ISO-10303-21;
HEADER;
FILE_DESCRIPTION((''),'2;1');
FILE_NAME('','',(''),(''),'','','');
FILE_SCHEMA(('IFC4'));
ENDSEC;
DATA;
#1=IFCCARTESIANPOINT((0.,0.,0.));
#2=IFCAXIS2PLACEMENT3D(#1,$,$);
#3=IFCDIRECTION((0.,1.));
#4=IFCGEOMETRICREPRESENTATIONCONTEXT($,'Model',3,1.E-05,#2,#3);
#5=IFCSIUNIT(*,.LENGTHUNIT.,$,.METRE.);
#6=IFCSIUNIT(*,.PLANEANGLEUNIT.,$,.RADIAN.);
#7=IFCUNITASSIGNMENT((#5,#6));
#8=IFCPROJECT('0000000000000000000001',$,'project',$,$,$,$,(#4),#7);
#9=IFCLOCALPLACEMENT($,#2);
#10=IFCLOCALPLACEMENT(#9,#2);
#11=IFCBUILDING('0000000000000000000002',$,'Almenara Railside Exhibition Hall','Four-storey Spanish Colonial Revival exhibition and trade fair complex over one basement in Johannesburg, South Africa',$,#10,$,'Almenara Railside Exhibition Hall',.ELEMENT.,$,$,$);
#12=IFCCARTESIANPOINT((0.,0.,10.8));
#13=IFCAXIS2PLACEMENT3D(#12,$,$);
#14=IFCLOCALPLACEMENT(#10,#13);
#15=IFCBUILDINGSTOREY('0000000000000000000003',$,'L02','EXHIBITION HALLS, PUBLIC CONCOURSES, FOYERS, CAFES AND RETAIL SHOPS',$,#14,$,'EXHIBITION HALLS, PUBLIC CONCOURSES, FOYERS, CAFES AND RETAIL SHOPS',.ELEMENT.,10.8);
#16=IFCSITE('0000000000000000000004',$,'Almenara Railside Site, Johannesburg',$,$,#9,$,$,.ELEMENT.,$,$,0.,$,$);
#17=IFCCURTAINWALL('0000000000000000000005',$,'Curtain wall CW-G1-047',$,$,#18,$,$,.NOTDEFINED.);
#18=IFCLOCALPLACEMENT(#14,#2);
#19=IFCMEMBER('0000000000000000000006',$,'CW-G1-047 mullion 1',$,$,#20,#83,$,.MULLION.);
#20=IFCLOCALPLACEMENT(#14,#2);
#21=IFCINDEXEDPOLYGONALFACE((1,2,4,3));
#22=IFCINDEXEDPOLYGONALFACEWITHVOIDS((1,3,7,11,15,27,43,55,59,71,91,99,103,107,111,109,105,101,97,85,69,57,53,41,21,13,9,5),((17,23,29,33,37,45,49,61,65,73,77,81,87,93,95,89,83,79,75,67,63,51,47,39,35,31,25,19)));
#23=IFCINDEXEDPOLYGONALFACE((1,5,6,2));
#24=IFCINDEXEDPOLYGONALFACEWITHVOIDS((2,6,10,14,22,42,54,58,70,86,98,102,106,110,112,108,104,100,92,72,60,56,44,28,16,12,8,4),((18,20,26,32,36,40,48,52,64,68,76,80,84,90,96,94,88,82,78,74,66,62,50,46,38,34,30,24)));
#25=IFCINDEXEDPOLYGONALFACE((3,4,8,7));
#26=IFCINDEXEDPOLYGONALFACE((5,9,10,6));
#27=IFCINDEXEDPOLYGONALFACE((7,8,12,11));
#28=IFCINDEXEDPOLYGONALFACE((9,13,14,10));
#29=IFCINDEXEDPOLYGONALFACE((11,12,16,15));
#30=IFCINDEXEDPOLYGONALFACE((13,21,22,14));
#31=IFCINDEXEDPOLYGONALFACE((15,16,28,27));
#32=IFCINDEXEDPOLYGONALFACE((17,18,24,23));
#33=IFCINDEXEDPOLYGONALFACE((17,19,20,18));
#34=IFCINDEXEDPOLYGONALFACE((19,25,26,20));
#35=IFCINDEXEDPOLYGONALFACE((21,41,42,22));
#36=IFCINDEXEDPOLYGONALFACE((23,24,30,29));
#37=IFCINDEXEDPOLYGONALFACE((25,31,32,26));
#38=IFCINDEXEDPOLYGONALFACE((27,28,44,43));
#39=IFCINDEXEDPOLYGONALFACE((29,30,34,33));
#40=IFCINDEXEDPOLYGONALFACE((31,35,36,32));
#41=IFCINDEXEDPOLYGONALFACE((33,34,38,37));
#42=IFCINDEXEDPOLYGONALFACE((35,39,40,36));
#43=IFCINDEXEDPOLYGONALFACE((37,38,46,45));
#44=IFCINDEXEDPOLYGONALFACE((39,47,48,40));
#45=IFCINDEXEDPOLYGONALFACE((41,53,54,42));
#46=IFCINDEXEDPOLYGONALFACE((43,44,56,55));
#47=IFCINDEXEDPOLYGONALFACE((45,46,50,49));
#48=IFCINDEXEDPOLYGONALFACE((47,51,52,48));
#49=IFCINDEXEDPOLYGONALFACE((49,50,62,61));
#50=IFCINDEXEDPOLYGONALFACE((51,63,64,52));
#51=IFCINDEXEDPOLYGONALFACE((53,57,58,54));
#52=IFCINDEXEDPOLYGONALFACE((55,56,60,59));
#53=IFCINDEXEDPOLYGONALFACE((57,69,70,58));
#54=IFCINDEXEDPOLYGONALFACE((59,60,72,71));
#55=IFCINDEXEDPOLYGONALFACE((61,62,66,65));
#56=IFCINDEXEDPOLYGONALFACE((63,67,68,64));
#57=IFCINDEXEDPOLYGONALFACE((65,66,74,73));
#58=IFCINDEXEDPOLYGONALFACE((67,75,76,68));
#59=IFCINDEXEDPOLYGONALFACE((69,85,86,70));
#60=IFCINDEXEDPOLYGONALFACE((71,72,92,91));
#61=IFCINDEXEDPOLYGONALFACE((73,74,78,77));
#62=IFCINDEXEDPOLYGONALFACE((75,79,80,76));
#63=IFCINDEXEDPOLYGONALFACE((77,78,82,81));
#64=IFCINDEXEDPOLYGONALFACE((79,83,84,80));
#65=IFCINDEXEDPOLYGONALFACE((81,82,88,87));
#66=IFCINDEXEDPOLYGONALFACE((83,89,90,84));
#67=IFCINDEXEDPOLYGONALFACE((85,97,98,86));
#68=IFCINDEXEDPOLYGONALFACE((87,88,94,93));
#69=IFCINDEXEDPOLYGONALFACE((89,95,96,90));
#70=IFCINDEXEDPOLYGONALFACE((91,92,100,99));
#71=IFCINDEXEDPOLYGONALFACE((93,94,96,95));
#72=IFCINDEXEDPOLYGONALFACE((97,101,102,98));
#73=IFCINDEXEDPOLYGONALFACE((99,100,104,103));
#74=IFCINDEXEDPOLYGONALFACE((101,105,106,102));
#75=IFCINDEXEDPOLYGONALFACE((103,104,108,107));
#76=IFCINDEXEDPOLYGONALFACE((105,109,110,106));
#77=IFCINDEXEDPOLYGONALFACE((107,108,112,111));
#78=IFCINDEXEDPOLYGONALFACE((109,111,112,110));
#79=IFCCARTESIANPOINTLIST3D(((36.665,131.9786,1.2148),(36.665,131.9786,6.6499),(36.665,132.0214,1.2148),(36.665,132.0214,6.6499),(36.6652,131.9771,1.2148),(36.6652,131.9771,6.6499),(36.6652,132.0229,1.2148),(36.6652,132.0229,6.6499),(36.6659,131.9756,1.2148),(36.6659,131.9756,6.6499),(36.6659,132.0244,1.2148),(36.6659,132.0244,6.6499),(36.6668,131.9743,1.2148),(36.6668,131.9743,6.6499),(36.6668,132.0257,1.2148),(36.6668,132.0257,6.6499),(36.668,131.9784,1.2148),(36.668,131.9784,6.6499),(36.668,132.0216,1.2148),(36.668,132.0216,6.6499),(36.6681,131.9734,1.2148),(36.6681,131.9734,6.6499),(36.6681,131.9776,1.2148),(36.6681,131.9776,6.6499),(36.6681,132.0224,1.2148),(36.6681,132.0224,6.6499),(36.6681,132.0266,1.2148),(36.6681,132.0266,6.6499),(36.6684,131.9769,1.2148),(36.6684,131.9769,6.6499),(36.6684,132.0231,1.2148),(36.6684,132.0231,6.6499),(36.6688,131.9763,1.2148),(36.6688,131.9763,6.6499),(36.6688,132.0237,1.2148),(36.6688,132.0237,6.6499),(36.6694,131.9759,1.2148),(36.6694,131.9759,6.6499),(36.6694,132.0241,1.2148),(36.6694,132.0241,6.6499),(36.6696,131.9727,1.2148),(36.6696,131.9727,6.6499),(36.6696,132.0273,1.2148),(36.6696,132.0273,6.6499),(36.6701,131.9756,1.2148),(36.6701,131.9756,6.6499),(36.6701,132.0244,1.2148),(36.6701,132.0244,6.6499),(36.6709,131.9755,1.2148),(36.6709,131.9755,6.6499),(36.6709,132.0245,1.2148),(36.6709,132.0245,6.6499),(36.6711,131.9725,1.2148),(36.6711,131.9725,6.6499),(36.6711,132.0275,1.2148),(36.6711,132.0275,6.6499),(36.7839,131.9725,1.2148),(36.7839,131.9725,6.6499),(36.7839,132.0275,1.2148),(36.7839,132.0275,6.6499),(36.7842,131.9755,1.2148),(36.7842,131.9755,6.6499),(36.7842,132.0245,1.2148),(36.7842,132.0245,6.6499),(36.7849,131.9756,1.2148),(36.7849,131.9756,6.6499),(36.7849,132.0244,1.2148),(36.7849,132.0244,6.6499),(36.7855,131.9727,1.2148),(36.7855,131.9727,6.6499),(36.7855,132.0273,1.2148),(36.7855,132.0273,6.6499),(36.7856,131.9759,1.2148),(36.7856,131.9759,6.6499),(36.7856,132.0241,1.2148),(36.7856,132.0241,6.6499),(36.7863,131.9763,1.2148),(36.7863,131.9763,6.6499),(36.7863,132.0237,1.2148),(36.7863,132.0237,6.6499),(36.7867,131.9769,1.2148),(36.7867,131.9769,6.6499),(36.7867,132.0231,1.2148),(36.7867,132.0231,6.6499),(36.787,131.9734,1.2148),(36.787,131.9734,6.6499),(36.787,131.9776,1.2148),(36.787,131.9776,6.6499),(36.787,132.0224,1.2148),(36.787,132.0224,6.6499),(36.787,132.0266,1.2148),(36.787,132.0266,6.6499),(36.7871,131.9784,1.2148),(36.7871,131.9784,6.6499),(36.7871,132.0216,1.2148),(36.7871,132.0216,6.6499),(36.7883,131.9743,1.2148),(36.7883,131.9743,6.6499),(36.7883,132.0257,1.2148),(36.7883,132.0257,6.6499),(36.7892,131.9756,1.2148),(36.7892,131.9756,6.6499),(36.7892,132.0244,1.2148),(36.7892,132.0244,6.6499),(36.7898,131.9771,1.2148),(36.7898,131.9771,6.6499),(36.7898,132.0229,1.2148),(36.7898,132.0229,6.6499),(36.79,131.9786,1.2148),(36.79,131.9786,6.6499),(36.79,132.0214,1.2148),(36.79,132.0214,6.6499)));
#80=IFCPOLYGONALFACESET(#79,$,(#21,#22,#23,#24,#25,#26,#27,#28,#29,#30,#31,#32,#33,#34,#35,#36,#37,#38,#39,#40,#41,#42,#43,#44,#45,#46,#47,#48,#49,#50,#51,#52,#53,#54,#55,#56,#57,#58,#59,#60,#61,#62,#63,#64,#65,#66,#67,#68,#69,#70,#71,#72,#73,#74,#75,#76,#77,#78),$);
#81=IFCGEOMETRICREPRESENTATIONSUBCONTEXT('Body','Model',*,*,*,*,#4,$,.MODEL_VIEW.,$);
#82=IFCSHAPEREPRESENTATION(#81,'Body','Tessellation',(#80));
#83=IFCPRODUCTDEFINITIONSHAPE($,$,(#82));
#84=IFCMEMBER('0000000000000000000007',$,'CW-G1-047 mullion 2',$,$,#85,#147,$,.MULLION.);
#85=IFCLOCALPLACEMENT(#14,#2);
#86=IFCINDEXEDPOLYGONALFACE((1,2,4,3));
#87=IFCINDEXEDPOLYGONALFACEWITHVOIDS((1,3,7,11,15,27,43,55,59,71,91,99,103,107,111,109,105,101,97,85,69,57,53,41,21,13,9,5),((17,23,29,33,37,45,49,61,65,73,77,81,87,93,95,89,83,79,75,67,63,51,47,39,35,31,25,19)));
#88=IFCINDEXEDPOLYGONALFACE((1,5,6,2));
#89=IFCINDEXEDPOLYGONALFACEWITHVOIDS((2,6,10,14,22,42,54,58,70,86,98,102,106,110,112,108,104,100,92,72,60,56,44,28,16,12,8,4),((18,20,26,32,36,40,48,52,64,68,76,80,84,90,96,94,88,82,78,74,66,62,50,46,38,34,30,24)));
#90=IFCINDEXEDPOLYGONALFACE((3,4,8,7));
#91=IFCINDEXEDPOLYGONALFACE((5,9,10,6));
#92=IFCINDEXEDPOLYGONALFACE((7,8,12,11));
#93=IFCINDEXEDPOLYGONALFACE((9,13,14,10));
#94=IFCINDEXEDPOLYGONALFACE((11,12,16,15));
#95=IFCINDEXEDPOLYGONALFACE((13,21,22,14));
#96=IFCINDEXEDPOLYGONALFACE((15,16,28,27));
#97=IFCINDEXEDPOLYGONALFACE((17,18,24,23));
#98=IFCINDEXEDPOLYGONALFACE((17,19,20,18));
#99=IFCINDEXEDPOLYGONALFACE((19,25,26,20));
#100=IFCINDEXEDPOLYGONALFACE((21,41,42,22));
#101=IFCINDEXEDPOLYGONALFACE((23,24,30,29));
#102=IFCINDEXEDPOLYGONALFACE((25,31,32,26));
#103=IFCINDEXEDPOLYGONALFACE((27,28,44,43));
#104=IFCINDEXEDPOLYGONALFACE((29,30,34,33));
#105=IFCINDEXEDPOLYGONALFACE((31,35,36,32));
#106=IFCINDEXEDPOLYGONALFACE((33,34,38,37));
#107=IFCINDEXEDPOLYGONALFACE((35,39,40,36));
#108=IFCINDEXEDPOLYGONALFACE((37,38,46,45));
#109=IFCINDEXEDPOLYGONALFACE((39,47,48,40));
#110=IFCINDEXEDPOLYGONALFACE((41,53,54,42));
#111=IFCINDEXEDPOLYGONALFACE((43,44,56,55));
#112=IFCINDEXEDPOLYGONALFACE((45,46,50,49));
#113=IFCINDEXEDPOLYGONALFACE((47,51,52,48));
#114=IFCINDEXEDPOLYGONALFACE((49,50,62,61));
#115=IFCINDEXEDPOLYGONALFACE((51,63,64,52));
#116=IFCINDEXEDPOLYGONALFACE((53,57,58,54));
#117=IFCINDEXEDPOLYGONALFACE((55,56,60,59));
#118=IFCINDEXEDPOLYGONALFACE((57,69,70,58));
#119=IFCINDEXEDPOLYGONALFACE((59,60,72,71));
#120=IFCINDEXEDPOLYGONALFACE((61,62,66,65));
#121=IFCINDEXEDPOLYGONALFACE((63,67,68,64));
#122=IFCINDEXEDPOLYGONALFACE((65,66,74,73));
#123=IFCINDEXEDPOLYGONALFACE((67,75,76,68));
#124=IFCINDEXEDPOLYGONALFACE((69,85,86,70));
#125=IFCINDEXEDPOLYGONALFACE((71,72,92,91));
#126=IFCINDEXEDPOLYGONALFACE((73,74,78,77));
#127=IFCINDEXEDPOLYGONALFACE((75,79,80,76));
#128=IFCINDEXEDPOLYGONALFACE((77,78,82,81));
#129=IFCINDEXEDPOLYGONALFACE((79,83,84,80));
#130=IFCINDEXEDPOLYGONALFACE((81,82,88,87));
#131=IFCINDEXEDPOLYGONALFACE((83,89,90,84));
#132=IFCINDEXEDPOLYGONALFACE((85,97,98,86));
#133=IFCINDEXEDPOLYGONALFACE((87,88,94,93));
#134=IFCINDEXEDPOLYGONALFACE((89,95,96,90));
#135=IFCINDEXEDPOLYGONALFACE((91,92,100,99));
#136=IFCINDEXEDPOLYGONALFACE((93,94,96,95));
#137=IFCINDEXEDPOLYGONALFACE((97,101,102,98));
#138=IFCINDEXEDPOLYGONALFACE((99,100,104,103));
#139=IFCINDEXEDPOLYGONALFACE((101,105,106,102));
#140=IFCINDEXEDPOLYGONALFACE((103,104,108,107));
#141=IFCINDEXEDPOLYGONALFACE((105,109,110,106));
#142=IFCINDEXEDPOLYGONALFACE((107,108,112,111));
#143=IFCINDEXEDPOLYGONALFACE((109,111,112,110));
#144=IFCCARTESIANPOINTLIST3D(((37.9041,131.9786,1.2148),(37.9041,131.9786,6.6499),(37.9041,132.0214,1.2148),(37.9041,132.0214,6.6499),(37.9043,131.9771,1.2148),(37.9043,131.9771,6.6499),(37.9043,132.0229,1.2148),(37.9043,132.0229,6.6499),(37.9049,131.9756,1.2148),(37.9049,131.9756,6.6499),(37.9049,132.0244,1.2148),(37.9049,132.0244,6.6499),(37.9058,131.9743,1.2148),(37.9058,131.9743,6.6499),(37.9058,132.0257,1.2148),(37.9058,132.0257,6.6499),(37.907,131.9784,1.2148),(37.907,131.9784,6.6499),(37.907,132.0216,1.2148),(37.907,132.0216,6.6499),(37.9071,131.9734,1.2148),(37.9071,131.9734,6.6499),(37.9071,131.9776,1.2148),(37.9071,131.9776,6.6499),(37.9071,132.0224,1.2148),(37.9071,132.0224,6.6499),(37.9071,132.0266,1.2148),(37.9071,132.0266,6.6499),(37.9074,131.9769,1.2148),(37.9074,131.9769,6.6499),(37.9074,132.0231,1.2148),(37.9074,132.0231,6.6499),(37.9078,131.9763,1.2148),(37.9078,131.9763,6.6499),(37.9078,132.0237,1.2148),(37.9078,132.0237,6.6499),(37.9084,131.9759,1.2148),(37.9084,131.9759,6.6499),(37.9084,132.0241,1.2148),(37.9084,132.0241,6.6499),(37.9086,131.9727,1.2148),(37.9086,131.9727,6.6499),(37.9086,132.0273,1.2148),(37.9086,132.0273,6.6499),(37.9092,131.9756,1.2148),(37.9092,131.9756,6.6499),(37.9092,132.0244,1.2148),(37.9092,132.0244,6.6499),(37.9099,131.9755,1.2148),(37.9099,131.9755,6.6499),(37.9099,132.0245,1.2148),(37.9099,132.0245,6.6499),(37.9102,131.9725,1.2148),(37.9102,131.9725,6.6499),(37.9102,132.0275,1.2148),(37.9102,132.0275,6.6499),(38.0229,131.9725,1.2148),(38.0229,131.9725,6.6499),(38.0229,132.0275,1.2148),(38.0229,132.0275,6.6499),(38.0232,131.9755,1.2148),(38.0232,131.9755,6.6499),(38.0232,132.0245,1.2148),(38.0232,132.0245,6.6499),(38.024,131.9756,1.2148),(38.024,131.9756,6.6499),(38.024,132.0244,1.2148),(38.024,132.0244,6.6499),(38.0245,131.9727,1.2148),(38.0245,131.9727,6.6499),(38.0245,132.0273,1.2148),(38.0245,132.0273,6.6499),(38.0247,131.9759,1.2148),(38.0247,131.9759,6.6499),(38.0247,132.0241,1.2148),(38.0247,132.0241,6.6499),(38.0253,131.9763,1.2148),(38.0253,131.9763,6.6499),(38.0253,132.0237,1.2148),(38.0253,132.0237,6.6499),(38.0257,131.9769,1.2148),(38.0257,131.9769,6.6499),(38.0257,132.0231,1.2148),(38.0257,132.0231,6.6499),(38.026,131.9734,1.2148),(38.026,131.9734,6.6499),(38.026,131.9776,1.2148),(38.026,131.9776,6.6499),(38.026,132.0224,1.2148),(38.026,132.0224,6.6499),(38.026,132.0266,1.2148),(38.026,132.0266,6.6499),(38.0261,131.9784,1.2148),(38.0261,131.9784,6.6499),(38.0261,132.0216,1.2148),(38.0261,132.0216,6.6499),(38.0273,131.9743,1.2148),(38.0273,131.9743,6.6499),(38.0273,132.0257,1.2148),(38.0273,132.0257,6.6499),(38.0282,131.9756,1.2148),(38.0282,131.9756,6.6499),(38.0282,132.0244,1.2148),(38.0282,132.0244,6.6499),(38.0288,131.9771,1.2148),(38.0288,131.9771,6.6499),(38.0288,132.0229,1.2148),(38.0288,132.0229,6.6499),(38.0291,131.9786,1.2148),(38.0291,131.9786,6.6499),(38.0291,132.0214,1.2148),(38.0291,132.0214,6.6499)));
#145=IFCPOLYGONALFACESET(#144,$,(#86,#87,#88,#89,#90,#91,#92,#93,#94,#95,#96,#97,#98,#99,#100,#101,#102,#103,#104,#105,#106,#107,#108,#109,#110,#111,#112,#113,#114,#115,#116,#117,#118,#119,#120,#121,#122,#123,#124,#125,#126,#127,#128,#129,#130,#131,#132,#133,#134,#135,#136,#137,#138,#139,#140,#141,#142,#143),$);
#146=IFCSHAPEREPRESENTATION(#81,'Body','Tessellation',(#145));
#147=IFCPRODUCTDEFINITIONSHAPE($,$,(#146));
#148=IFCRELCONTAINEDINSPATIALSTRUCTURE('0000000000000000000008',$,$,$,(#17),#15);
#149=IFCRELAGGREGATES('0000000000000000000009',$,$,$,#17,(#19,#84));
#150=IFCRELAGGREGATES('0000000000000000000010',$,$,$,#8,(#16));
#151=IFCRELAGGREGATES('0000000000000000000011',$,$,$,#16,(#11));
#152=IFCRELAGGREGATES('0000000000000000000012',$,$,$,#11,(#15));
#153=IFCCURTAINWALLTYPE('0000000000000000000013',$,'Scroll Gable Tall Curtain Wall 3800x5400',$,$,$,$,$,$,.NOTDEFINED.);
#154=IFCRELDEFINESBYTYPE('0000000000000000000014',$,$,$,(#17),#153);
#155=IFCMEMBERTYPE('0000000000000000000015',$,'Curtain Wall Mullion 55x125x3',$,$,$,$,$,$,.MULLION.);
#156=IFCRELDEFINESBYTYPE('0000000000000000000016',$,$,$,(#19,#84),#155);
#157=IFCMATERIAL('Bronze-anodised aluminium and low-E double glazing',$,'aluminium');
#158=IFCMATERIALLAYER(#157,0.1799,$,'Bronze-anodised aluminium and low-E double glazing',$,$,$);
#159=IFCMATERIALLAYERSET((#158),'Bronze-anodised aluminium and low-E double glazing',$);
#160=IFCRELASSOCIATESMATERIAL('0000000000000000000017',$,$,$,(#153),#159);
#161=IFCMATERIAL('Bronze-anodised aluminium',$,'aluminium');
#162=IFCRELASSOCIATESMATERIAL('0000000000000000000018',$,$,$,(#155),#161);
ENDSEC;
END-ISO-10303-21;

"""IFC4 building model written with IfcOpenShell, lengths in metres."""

from ifc_helpers import new_model, si_unit, direction, frame, origin, origin_2d, place, context, subcontext, project, spatial, hollow_rectangle, extrude, material, layer, layer_set, material_profile, profile_set, type_object, element, aggregate, save


model = new_model("IFC4")

# Units and contexts
model_context = context("Model", 3, precision=1e-05, world=origin(), true_north=direction((0.0, 1.0)))
body_context = subcontext(model_context, "Body", "Model", "MODEL_VIEW")
ifc_project = project(units=[si_unit("LENGTHUNIT", "METRE"), si_unit("PLANEANGLEUNIT", "RADIAN")], contexts=[model_context])

# Site, building, storey
site_placement = place(None, origin())
site = spatial("IfcSite", under=ifc_project, at=site_placement, Name="Almenara Railside Site, Johannesburg", CompositionType="ELEMENT", RefElevation=0.0)
building_placement = place(site_placement, origin())
building = spatial("IfcBuilding", under=site, at=building_placement, Name="Almenara Railside Exhibition Hall", Description="Four-storey Spanish Colonial Revival exhibition and trade fair complex over one basement in Johannesburg, South Africa", LongName="Almenara Railside Exhibition Hall", CompositionType="ELEMENT")
storey_placement = place(building_placement, frame((0.0, 0.0, 10.8)))
storey = spatial("IfcBuildingStorey", under=building, at=storey_placement, Name="L02", Description="EXHIBITION HALLS, PUBLIC CONCOURSES, FOYERS, CAFES AND RETAIL SHOPS", LongName="EXHIBITION HALLS, PUBLIC CONCOURSES, FOYERS, CAFES AND RETAIL SHOPS", CompositionType="ELEMENT", Elevation=10.8)

# Curtain wall, members
ifc_material_1 = material(Name="Bronze-anodised aluminium and low-E double glazing", Category="aluminium")
ifc_layer_1 = layer(ifc_material_1, 0.1799, Name="Bronze-anodised aluminium and low-E double glazing")
ifc_layer_set_1 = layer_set([ifc_layer_1], Name="Bronze-anodised aluminium and low-E double glazing")
curtain_wall_type_1 = type_object("IfcCurtainWallType", Name="Scroll Gable Tall Curtain Wall 3800x5400", PredefinedType="NOTDEFINED", material=ifc_layer_set_1)
curtain_wall_1_placement = place(storey_placement, origin())
curtain_wall_1 = element("IfcCurtainWall", 1, at=curtain_wall_1_placement, inside=storey, type_object=curtain_wall_type_1, Name="Curtain wall CW-G1-047", PredefinedType="NOTDEFINED")
ifc_material_2 = material(Name="Bronze-anodised aluminium", Category="aluminium")
ifc_material_profile_1 = material_profile(ifc_material_2, hollow_rectangle(XDim=0.0549, YDim=0.125, WallThickness=0.0029, InnerFilletRadius=0.0029, OuterFilletRadius=0.0061, at=origin_2d()), Name="ALU-MUL 55x125x3")
ifc_profile_set_1 = profile_set([ifc_material_profile_1], Name="Bronze-anodised aluminium")
member_type_1 = type_object("IfcMemberType", Name="Curtain Wall Mullion 55x125x3", PredefinedType="MULLION", material=ifc_profile_set_1)
member_1_placement = place(storey_placement, frame((36.7275, 132.0, 1.2148), z_axis=(0.0, 0.0, 1.0), x_axis=(0.0, 1.0, 0.0)))
member_1 = element("IfcMember", 2, at=member_1_placement, type_object=member_type_1, Name="CW-G1-047 mullion 1", PredefinedType="MULLION", context=body_context, shape_type="SweptSolid", body=[
    extrude(hollow_rectangle(XDim=0.0549, YDim=0.125, WallThickness=0.0029, InnerFilletRadius=0.0029, OuterFilletRadius=0.0061, at=origin_2d()), origin(), (0.0, 0.0, 1.0), 5.4351),
])
member_2_placement = place(storey_placement, frame((37.9666, 132.0, 1.2148), z_axis=(0.0, 0.0, 1.0), x_axis=(0.0, 1.0, 0.0)))
member_2 = element("IfcMember", 3, at=member_2_placement, type_object=member_type_1, Name="CW-G1-047 mullion 2", PredefinedType="MULLION", context=body_context, shape_type="SweptSolid", body=[
    extrude(hollow_rectangle(XDim=0.0549, YDim=0.125, WallThickness=0.0029, InnerFilletRadius=0.0029, OuterFilletRadius=0.0061, at=origin_2d()), origin(), (0.0, 0.0, 1.0), 5.4351),
])

aggregate(curtain_wall_1, [member_1, member_2])

save(model, "model.ifc")
